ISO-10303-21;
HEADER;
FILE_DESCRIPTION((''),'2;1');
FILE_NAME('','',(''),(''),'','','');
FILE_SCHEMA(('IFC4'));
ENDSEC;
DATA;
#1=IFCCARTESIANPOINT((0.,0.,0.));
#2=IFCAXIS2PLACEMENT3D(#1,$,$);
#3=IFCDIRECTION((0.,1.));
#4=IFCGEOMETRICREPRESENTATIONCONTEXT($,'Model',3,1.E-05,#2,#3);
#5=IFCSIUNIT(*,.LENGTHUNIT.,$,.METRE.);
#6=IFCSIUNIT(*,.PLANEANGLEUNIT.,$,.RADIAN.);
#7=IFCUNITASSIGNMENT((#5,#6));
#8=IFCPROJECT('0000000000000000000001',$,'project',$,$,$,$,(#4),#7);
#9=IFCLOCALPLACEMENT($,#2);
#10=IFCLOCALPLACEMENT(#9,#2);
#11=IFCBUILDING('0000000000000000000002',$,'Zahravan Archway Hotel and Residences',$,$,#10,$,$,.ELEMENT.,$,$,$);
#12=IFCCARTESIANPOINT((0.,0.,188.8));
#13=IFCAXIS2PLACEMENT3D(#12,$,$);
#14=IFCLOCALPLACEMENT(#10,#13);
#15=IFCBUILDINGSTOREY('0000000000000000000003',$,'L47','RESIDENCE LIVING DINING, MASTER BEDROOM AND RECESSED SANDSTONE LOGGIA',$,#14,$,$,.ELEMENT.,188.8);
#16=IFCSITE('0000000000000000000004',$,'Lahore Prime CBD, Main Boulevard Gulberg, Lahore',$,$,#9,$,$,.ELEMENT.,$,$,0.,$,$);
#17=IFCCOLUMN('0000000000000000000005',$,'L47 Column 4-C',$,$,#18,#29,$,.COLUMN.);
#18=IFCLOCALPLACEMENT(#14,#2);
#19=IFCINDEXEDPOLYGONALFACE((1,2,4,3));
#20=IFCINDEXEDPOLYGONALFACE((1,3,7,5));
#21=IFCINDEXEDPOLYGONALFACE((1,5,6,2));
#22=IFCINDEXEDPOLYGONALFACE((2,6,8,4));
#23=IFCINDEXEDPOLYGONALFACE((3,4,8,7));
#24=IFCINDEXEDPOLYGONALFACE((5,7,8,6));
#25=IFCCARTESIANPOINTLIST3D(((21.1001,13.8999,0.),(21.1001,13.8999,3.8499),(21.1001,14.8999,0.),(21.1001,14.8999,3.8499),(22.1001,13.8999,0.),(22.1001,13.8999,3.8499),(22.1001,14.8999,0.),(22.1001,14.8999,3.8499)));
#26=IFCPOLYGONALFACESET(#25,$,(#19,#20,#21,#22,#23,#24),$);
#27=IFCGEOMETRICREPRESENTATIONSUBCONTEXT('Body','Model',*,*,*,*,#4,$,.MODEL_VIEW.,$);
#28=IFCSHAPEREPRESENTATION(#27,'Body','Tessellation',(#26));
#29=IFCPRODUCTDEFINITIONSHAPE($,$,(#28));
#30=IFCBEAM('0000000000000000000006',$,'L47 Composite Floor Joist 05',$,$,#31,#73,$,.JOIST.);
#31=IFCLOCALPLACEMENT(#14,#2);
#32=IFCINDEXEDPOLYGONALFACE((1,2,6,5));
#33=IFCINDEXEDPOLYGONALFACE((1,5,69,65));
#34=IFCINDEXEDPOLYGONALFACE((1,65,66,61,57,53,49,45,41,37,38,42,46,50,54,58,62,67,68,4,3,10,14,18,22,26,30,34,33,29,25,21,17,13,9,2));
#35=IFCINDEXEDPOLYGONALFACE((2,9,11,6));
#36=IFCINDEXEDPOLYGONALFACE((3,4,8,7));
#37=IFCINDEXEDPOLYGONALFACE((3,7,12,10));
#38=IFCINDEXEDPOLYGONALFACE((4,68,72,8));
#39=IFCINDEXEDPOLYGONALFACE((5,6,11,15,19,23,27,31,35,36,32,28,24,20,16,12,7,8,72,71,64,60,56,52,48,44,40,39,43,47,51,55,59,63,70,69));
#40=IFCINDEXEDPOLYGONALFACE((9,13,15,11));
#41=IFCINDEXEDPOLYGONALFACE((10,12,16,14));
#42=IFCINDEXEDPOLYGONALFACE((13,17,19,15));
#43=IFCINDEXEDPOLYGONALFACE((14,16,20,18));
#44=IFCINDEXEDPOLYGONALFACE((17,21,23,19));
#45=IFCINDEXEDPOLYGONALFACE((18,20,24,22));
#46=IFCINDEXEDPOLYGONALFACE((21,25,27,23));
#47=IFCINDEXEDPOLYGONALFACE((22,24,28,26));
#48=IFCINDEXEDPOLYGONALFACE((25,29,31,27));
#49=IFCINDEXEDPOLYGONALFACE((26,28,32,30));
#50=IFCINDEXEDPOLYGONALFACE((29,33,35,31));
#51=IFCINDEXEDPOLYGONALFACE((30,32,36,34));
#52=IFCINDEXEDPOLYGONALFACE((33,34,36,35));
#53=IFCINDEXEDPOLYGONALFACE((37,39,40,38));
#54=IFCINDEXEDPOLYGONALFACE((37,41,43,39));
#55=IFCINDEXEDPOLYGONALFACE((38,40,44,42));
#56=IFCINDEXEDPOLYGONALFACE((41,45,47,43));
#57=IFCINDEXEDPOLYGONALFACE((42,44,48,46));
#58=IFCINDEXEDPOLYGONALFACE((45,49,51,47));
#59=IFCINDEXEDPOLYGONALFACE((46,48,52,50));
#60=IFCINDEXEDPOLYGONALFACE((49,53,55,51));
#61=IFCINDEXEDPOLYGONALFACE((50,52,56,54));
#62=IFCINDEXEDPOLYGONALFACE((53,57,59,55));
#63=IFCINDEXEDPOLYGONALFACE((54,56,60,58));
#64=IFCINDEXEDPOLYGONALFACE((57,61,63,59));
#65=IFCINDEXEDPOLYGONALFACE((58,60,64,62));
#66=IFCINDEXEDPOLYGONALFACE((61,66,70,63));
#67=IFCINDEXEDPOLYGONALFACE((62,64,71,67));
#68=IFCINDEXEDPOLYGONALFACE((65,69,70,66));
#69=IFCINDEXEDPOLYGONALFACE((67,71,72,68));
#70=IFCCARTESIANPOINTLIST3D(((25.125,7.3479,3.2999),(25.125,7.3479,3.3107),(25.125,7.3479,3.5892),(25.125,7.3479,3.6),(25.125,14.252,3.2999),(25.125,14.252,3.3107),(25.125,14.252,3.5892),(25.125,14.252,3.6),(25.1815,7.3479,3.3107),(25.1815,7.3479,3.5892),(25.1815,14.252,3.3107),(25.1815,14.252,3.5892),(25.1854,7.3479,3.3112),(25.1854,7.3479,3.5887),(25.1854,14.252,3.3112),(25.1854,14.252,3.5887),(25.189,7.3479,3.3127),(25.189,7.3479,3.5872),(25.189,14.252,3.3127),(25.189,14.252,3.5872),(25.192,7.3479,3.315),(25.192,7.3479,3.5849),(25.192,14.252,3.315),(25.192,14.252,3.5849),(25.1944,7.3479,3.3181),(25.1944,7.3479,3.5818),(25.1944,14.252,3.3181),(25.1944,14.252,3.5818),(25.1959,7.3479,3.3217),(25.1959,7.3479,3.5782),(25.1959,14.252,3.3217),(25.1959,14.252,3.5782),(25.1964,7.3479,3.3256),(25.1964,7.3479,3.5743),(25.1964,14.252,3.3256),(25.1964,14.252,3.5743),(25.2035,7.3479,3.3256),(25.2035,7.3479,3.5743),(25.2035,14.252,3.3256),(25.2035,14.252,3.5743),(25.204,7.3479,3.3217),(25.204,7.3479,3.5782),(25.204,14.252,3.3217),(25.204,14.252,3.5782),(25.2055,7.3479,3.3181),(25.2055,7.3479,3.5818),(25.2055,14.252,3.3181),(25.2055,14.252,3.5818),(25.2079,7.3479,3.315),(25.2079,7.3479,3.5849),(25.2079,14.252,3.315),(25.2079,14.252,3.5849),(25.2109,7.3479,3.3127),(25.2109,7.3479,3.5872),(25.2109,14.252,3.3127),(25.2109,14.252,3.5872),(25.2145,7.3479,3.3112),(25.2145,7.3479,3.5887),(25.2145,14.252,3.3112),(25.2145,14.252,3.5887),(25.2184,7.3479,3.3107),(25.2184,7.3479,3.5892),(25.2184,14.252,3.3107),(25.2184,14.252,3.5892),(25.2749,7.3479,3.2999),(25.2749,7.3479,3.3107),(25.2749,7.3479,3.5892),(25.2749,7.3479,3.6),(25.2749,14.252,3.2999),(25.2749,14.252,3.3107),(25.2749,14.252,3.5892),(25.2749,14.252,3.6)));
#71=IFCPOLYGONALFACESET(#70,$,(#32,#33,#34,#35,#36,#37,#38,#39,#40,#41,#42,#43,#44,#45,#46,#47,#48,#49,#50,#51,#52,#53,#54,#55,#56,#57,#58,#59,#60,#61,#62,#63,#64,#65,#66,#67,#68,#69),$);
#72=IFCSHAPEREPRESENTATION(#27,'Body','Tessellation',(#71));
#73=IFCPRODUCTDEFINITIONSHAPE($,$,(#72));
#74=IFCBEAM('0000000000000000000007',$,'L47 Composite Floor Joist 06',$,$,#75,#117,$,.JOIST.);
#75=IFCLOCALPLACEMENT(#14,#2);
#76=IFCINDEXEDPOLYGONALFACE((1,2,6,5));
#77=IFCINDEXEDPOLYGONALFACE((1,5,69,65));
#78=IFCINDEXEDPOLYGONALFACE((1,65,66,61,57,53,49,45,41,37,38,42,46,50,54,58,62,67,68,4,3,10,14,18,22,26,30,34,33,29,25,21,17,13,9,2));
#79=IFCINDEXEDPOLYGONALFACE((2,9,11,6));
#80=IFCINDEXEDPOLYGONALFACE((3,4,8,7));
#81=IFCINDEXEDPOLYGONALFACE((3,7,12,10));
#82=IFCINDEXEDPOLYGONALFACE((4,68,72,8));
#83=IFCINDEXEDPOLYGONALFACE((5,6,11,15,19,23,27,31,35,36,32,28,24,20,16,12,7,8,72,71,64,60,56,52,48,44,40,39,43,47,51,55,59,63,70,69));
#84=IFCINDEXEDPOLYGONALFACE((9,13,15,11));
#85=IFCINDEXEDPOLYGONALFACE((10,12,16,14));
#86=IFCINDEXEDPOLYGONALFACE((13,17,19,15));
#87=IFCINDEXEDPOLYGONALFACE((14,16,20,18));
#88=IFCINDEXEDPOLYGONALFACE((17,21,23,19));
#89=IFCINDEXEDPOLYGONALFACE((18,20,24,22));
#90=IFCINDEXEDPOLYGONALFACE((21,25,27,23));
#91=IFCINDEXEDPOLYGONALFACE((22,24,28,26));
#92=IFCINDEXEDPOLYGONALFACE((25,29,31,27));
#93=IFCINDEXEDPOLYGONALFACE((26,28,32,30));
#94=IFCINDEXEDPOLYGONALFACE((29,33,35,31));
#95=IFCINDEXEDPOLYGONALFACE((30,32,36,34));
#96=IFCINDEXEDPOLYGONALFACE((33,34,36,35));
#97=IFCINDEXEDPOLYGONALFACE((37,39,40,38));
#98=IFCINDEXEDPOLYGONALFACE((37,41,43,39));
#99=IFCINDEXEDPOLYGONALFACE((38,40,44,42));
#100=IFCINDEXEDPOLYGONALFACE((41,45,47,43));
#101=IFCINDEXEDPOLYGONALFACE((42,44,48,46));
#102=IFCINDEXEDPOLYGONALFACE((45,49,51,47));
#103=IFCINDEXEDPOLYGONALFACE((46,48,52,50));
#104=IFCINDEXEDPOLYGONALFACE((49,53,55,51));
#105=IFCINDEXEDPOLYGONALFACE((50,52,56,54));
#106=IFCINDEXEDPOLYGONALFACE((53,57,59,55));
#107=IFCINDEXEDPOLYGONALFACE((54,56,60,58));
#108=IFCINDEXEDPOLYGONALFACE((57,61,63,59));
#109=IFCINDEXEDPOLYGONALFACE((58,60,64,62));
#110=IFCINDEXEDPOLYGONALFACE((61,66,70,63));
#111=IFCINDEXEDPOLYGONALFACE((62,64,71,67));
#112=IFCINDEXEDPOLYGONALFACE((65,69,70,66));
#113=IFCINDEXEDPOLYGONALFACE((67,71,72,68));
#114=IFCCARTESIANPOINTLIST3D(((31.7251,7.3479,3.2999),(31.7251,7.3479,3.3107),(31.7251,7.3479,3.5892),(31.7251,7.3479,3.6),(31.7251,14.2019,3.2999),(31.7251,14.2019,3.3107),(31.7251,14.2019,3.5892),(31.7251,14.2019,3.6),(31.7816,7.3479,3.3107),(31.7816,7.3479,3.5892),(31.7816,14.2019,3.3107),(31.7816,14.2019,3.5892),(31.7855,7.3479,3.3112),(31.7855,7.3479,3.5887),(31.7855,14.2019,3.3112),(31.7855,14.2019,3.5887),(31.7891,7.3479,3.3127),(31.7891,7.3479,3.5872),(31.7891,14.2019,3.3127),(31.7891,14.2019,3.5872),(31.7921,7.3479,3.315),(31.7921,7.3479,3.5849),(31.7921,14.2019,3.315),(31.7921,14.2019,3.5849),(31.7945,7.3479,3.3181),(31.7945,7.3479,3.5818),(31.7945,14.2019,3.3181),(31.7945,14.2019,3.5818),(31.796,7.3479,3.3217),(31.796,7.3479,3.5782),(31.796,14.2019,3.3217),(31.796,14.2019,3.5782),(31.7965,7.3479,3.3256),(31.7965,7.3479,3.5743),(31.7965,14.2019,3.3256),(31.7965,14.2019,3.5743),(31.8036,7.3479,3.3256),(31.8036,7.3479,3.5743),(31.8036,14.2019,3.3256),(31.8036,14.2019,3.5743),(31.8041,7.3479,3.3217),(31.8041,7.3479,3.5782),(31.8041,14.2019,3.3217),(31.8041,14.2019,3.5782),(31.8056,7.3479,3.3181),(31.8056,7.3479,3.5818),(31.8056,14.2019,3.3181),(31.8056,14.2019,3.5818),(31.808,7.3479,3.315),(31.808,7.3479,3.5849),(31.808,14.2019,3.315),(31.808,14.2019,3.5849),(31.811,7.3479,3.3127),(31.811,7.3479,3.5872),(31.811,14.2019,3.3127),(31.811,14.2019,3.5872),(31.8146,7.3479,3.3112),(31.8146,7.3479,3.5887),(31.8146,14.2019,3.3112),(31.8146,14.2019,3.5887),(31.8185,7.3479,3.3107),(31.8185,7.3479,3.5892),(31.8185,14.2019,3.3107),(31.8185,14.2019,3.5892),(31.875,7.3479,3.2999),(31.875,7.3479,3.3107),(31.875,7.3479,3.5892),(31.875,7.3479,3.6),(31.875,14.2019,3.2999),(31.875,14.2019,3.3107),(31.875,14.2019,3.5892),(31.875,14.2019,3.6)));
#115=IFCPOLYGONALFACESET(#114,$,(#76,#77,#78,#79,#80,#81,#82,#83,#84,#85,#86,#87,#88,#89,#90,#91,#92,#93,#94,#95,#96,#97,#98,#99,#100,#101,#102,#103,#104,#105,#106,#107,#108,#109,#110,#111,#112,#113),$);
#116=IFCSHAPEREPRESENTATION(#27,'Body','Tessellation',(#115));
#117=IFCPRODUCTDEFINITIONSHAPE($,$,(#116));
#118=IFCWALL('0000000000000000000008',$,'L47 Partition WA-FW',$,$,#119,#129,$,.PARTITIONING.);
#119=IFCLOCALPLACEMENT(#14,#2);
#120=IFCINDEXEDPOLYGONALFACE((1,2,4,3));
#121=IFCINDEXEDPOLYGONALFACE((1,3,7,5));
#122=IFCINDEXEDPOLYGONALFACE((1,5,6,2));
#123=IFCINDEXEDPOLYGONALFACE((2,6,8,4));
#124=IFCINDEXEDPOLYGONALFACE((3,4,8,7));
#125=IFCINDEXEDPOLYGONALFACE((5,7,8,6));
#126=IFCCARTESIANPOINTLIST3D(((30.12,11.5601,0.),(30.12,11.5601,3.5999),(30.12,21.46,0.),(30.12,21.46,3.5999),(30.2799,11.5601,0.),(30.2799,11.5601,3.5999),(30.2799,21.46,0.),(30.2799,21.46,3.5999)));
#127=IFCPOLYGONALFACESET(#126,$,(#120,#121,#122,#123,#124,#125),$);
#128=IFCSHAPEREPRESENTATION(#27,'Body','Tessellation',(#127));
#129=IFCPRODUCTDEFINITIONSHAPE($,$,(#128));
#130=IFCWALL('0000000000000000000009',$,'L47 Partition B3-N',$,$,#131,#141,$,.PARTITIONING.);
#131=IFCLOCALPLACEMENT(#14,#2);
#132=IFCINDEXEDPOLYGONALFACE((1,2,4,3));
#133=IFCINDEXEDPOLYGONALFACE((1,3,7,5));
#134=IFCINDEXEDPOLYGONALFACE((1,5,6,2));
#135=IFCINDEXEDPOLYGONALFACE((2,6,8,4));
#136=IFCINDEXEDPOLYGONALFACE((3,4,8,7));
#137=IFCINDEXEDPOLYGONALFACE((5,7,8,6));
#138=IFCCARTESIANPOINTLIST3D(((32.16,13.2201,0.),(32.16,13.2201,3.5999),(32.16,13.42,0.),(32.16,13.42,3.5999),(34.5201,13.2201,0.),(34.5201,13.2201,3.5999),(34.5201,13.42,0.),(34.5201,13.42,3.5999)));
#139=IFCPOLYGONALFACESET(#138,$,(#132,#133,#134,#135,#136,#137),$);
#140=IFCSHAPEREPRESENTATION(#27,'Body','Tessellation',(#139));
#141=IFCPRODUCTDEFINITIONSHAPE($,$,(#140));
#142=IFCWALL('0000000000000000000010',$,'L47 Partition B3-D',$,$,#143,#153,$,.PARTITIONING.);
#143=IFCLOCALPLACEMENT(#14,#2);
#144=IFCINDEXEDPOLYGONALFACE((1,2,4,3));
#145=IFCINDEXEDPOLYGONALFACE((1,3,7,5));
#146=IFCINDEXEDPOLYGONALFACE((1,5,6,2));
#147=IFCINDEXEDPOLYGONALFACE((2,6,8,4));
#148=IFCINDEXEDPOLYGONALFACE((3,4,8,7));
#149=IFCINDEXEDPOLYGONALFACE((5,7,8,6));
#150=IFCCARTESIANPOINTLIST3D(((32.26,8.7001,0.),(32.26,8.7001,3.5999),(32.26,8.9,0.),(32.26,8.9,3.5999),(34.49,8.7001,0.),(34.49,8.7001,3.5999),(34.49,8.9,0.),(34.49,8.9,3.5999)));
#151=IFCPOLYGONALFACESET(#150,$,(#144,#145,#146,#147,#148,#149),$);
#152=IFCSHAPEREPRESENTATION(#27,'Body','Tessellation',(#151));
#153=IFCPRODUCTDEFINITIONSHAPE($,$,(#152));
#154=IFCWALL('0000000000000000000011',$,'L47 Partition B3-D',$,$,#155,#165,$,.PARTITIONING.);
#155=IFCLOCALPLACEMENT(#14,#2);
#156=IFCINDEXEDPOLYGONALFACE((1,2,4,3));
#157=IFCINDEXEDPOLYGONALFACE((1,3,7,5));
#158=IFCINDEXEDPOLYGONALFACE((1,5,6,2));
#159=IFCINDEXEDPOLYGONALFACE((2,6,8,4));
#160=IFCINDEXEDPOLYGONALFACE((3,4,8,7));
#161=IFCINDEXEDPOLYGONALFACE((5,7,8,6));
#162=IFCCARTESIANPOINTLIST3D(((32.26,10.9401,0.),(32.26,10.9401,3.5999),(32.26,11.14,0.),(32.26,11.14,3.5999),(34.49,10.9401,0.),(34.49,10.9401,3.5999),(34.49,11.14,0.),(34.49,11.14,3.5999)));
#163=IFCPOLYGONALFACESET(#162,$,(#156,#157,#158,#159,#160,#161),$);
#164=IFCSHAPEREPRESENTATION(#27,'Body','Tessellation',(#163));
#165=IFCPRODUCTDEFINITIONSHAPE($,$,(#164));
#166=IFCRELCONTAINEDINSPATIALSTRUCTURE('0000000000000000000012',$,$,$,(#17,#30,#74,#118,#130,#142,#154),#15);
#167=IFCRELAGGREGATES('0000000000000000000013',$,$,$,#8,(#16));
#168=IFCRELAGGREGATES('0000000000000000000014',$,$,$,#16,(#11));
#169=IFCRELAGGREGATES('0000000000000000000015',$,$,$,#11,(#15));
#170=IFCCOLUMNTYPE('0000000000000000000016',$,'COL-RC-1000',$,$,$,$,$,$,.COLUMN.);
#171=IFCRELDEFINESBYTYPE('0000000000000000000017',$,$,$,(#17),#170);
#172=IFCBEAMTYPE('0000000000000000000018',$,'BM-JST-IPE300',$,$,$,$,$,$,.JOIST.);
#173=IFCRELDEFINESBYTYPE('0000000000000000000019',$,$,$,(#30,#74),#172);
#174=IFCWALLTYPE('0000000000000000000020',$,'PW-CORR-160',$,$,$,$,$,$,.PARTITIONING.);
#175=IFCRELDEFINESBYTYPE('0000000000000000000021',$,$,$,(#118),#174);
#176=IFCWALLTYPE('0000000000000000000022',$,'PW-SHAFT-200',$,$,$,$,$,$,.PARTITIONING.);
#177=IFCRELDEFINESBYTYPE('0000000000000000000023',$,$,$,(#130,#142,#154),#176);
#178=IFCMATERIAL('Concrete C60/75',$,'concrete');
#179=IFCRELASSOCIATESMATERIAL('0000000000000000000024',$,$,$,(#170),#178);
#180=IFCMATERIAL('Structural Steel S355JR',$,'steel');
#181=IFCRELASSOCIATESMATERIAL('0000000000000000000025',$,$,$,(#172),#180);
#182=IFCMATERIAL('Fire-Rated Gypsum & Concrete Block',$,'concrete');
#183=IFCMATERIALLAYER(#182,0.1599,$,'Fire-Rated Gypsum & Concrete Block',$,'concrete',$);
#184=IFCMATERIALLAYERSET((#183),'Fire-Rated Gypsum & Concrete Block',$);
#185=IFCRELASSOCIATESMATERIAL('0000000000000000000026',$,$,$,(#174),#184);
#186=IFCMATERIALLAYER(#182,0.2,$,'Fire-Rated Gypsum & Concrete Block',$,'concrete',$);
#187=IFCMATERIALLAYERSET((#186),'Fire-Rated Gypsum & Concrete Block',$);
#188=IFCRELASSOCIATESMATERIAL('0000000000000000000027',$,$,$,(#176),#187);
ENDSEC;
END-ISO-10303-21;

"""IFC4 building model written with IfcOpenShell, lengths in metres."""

from ifc_helpers import new_model, si_unit, direction, frame, frame_2d, origin, origin_2d, place, context, subcontext, project, spatial, rectangle, i_section, extrude, source, transform, mapped, material, layer, layer_set, material_profile, profile_set, type_object, type_shapes, element, save


model = new_model("IFC4")

# Units and contexts
model_context = context("Model", 3, precision=1e-05, world=origin(), true_north=direction((0.0, 1.0)))
body_context = subcontext(model_context, "Body", "Model", "MODEL_VIEW")
ifc_project = project(units=[si_unit("LENGTHUNIT", "METRE"), si_unit("PLANEANGLEUNIT", "RADIAN")], contexts=[model_context])

# Site, building, storey
site_placement = place(None, origin())
site = spatial("IfcSite", under=ifc_project, at=site_placement, Name="Lahore Prime CBD, Main Boulevard Gulberg, Lahore", CompositionType="ELEMENT", RefElevation=0.0)
building_placement = place(site_placement, origin())
building = spatial("IfcBuilding", under=site, at=building_placement, Name="Zahravan Archway Hotel and Residences", CompositionType="ELEMENT")
storey_placement = place(building_placement, frame((0.0, 0.0, 188.8)))
storey = spatial("IfcBuildingStorey", under=building, at=storey_placement, Name="L47", Description="RESIDENCE LIVING DINING, MASTER BEDROOM AND RECESSED SANDSTONE LOGGIA", CompositionType="ELEMENT", Elevation=188.8)

# Column
ifc_material_1 = material(Name="Concrete C60/75", Category="concrete")
ifc_material_profile_1 = material_profile(ifc_material_1, rectangle(XDim=1.0, YDim=1.0, at=origin_2d()), Name="RC-COL-1000x1000", Category="concrete")
ifc_profile_set_1 = profile_set([ifc_material_profile_1], Name="Concrete C60/75")
column_type = type_object("IfcColumnType", Name="COL-RC-1000", PredefinedType="COLUMN", material=ifc_profile_set_1)
shared_shape_1 = source(origin(), body_context, "Body", "SweptSolid", [
    extrude(rectangle(XDim=1.0, YDim=1.0, at=origin_2d()), origin(), (0.0, 0.0, 1.0), 3.8499),
])
column_placement = place(storey_placement, frame((21.6001, 14.3999, 0.0), z_axis=(0.0, 0.0, 1.0), x_axis=(1.0, 0.0, 0.0)))
element("IfcColumn", 1, at=column_placement, inside=storey, type_object=column_type, Name="L47 Column 4-C", PredefinedType="COLUMN", context=body_context, shape_type="MappedRepresentation", body=[
    mapped(shared_shape_1, transform((0.0, 0.0, 0.0), scale=1.0)),
])

# Beams
ifc_material_2 = material(Name="Structural Steel S355JR", Category="steel")
ifc_material_profile_2 = material_profile(ifc_material_2, i_section(OverallWidth=0.1499, OverallDepth=0.3, WebThickness=0.0071, FlangeThickness=0.0107, FilletRadius=0.0149, at=origin_2d()), Name="IPE 300", Category="steel")
ifc_profile_set_2 = profile_set([ifc_material_profile_2], Name="Structural Steel S355JR")
beam_type = type_object("IfcBeamType", Name="BM-JST-IPE300", PredefinedType="JOIST", material=ifc_profile_set_2)
shared_shape_2 = source(origin(), body_context, "Body", "SweptSolid", [
    extrude(i_section(OverallWidth=0.1499, OverallDepth=0.3, WebThickness=0.0071, FlangeThickness=0.0107, FilletRadius=0.0149, at=origin_2d()), origin(), (0.0, 0.0, 1.0), 6.9041),
])
type_shapes(beam_type, [shared_shape_2])
beam_1_placement = place(storey_placement, frame((25.2, 7.3479, 3.45), z_axis=(0.0, 1.0, 0.0), x_axis=(-1.0, 0.0, 0.0)))
element("IfcBeam", 2, at=beam_1_placement, inside=storey, type_object=beam_type, Name="L47 Composite Floor Joist 05", PredefinedType="JOIST", context=body_context, shape_type="MappedRepresentation", body=[
    mapped(shared_shape_2, transform((0.0, 0.0, 0.0), scale=1.0)),
])
shared_shape_3 = source(origin(), body_context, "Body", "SweptSolid", [
    extrude(i_section(OverallWidth=0.1499, OverallDepth=0.3, WebThickness=0.0071, FlangeThickness=0.0107, FilletRadius=0.0149, at=origin_2d()), origin(), (0.0, 0.0, 1.0), 6.854),
])
beam_2_placement = place(storey_placement, frame((31.8, 7.3479, 3.45), z_axis=(0.0, 1.0, 0.0), x_axis=(-1.0, 0.0, 0.0)))
element("IfcBeam", 3, at=beam_2_placement, inside=storey, type_object=beam_type, Name="L47 Composite Floor Joist 06", PredefinedType="JOIST", context=body_context, shape_type="MappedRepresentation", body=[
    mapped(shared_shape_3, transform((0.0, 0.0, 0.0), scale=1.0)),
])

# Walls
ifc_material_3 = material(Name="Fire-Rated Gypsum & Concrete Block", Category="concrete")
ifc_layer_1 = layer(ifc_material_3, 0.1599, Name="Fire-Rated Gypsum & Concrete Block", Category="concrete")
ifc_layer_set_1 = layer_set([ifc_layer_1], Name="Fire-Rated Gypsum & Concrete Block")
wall_type_1 = type_object("IfcWallType", Name="PW-CORR-160", PredefinedType="PARTITIONING", material=ifc_layer_set_1)
wall_1_placement = place(storey_placement, frame((30.2, 11.5601, 0.0), z_axis=(0.0, 0.0, 1.0), x_axis=(0.0, 1.0, 0.0)))
element("IfcWall", 4, at=wall_1_placement, inside=storey, type_object=wall_type_1, Name="L47 Partition WA-FW", PredefinedType="PARTITIONING", context=body_context, shape_type="SweptSolid", body=[
    extrude(rectangle(XDim=9.8999, YDim=0.1599, at=frame_2d((4.95, 0.0))), origin(), (0.0, 0.0, 1.0), 3.5999),
])
ifc_layer_2 = layer(ifc_material_3, 0.2, Name="Fire-Rated Gypsum & Concrete Block", Category="concrete")
ifc_layer_set_2 = layer_set([ifc_layer_2], Name="Fire-Rated Gypsum & Concrete Block")
wall_type_2 = type_object("IfcWallType", Name="PW-SHAFT-200", PredefinedType="PARTITIONING", material=ifc_layer_set_2)
wall_2_placement = place(storey_placement, frame((32.1599, 13.3201, 0.0), z_axis=(0.0, 0.0, 1.0), x_axis=(1.0, 0.0, 0.0)))
element("IfcWall", 5, at=wall_2_placement, inside=storey, type_object=wall_type_2, Name="L47 Partition B3-N", PredefinedType="PARTITIONING", context=body_context, shape_type="SweptSolid", body=[
    extrude(rectangle(XDim=2.3601, YDim=0.2, at=frame_2d((1.1802, 0.0))), origin(), (0.0, 0.0, 1.0), 3.5999),
])
for number, where, z_axis, x_axis, name in (
    (6, (32.26, 8.8, 0.0), (0.0, 0.0, 1.0), (1.0, 0.0, 0.0), "L47 Partition B3-D"),
    (7, (32.26, 11.04, 0.0), (0.0, 0.0, 1.0), (1.0, 0.0, 0.0), "L47 Partition B3-D"),
):
    element("IfcWall", number, at=place(storey_placement, frame(where, z_axis=z_axis, x_axis=x_axis)), inside=storey, type_object=wall_type_2, Name=name, PredefinedType="PARTITIONING", context=body_context, shape_type="SweptSolid", body=[
        extrude(rectangle(XDim=2.23, YDim=0.2, at=frame_2d((1.115, 0.0))), origin(), (0.0, 0.0, 1.0), 3.5999),
    ])

save(model, "model.ifc")
